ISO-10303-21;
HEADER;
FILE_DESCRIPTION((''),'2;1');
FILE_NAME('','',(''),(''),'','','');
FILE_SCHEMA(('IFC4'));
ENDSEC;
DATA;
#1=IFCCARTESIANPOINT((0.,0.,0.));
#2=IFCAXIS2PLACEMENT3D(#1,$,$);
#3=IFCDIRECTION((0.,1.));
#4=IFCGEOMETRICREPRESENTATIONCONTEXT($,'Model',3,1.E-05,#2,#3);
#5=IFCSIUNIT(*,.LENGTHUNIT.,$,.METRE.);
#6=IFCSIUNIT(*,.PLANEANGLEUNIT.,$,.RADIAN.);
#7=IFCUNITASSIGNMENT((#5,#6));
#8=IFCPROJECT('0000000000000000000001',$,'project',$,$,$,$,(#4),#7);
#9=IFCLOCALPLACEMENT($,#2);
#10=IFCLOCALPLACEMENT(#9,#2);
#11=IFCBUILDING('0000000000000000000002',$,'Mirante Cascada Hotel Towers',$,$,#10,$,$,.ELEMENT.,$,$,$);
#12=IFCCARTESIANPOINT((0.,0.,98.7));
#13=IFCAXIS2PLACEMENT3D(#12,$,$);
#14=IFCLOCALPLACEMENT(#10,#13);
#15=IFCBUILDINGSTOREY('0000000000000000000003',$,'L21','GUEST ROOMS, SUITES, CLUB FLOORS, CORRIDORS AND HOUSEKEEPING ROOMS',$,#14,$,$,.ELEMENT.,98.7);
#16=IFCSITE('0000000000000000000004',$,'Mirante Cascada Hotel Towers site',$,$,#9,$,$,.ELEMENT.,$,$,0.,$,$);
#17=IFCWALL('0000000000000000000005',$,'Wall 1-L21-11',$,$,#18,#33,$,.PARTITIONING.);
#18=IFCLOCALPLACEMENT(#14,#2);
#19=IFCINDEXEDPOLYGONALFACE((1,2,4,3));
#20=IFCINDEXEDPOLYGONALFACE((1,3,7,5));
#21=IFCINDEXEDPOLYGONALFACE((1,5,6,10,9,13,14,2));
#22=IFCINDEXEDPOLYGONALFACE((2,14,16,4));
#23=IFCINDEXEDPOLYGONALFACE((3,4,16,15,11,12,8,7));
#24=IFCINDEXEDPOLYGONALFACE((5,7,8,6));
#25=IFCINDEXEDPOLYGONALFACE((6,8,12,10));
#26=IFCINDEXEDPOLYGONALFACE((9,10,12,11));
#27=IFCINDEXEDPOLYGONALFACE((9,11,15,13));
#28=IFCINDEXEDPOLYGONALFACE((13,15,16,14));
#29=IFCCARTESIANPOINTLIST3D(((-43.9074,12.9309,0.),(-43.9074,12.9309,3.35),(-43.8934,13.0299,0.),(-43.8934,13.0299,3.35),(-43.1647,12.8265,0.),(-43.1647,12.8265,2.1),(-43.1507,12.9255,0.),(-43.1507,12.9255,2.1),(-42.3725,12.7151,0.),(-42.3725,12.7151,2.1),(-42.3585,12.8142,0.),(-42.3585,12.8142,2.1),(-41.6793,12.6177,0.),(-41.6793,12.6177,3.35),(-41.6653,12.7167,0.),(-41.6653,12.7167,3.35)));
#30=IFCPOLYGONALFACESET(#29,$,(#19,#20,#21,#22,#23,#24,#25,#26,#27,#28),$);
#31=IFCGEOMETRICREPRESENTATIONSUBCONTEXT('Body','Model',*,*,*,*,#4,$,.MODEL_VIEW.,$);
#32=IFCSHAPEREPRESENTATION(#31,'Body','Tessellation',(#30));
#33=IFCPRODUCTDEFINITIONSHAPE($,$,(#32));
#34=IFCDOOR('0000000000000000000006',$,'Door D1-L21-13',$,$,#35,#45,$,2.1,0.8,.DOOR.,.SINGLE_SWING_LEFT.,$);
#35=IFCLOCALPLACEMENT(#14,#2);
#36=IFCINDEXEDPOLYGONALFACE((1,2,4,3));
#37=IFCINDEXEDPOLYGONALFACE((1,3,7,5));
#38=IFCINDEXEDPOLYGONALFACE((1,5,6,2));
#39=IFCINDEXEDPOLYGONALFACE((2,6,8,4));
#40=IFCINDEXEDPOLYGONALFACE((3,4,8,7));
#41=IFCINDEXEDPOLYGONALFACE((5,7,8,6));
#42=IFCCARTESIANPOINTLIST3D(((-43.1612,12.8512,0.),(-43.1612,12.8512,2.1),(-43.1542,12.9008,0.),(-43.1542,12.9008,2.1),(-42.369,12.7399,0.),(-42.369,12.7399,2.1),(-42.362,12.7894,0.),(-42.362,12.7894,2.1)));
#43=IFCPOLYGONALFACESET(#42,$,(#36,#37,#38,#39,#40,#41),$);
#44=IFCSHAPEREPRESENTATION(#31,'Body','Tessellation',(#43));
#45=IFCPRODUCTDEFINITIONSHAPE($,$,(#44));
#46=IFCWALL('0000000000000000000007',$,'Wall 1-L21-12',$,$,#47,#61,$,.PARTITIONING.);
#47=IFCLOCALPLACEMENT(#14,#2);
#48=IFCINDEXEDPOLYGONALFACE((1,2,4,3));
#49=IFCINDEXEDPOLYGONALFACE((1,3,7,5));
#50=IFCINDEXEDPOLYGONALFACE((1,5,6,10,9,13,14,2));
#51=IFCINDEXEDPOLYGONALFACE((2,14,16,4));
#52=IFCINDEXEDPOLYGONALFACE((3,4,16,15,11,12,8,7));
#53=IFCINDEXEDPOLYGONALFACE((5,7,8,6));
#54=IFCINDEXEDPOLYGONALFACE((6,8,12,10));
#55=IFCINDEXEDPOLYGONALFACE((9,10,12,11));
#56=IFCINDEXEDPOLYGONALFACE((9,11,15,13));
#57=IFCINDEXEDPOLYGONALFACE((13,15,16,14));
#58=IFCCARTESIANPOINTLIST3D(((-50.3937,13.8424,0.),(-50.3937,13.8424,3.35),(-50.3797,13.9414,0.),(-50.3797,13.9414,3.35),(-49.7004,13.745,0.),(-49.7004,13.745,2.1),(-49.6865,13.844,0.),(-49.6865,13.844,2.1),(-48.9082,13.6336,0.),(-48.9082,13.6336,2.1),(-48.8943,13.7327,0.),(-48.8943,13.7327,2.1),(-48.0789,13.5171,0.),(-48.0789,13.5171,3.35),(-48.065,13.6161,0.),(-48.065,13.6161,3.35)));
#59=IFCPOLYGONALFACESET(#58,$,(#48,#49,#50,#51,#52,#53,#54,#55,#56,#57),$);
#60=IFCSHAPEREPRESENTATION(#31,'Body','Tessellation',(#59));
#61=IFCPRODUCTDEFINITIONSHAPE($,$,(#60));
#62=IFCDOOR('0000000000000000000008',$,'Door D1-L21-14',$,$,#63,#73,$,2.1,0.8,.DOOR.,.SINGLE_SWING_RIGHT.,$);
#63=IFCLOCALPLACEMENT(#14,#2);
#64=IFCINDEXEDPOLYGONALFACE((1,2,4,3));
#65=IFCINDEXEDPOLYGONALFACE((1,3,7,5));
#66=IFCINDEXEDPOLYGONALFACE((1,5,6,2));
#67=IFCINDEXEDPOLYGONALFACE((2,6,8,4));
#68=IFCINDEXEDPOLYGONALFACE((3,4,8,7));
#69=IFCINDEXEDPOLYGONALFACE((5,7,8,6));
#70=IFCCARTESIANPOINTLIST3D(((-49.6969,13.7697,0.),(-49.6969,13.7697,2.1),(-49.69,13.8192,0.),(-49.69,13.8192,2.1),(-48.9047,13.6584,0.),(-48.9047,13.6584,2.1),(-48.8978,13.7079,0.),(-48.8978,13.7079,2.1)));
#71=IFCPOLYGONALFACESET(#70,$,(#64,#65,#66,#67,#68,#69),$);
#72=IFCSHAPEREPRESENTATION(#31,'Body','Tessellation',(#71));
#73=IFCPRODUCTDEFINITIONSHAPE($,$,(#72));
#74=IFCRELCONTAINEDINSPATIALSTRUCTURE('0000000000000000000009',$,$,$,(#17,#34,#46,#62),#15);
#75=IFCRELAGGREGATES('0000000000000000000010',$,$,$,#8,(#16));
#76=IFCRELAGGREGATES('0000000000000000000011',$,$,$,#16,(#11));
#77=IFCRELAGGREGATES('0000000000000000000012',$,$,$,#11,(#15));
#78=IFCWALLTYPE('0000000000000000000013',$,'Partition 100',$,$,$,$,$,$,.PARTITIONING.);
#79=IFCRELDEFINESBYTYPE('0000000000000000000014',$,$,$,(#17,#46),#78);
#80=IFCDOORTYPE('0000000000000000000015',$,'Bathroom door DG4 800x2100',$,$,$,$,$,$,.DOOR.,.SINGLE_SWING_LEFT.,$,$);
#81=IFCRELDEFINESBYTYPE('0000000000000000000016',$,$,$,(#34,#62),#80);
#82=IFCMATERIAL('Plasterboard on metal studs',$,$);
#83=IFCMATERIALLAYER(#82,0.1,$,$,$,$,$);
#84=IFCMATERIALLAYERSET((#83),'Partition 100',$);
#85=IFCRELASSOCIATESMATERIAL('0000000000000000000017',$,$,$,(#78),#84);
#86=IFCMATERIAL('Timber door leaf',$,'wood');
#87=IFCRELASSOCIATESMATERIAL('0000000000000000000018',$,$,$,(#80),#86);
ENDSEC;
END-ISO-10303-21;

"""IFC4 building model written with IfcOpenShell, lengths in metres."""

from ifc_helpers import new_model, si_unit, direction, frame, frame_2d, origin, place, context, subcontext, project, spatial, rectangle, extrude, material, layer, layer_set, type_object, element, fill, save


model = new_model("IFC4")

# Units and contexts
model_context = context("Model", 3, precision=1e-05, world=origin(), true_north=direction((0.0, 1.0)))
body_context = subcontext(model_context, "Body", "Model", "MODEL_VIEW")
ifc_project = project(units=[si_unit("LENGTHUNIT", "METRE"), si_unit("PLANEANGLEUNIT", "RADIAN")], contexts=[model_context])

# Site, building, storey
site_placement = place(None, origin())
site = spatial("IfcSite", under=ifc_project, at=site_placement, Name="Mirante Cascada Hotel Towers site", CompositionType="ELEMENT", RefElevation=0.0)
building_placement = place(site_placement, origin())
building = spatial("IfcBuilding", under=site, at=building_placement, Name="Mirante Cascada Hotel Towers", CompositionType="ELEMENT")
storey_placement = place(building_placement, frame((0.0, 0.0, 98.7)))
storey = spatial("IfcBuildingStorey", under=building, at=storey_placement, Name="L21", Description="GUEST ROOMS, SUITES, CLUB FLOORS, CORRIDORS AND HOUSEKEEPING ROOMS", CompositionType="ELEMENT", Elevation=98.7)

# Walls, openings, doors
ifc_material_1 = material(Name="Plasterboard on metal studs")
ifc_layer_1 = layer(ifc_material_1, 0.1)
ifc_layer_set_1 = layer_set([ifc_layer_1], Name="Partition 100")
wall_type_1 = type_object("IfcWallType", Name="Partition 100", PredefinedType="PARTITIONING", material=ifc_layer_set_1)
wall_1_placement = place(storey_placement, frame((-43.9004, 12.9804, 0.0), z_axis=(0.0, 0.0, 1.0), x_axis=(0.990264, -0.1392, 0.0)))
wall_1 = element("IfcWall", 1, at=wall_1_placement, inside=storey, type_object=wall_type_1, Name="Wall 1-L21-11", PredefinedType="PARTITIONING", context=body_context, shape_type="SweptSolid", body=[
    extrude(rectangle(XDim=2.25, YDim=0.1, at=frame_2d((1.125, 0.0))), origin(), (0.0, 0.0, 1.0), 3.35),
])
opening_1_placement = place(wall_1_placement, frame((0.75, 0.0, 0.0)))
opening_1 = element("IfcOpeningElement", 2, at=opening_1_placement, cuts=wall_1, PredefinedType="OPENING", context=body_context, shape_type="SweptSolid", body=[
    extrude(rectangle(XDim=0.8, YDim=2.1, at=frame_2d((0.4, 1.05))), frame((0.0, 0.05, 0.0), z_axis=(0.0, -1.0, 0.0), x_axis=(1.0, 0.0, 0.0)), (0.0, 0.0, 1.0), 0.1),
])
ifc_material_2 = material(Name="Timber door leaf", Category="wood")
door_type_1 = type_object("IfcDoorType", Name="Bathroom door DG4 800x2100", OperationType="SINGLE_SWING_LEFT", PredefinedType="DOOR", material=ifc_material_2)
door_1_placement = place(opening_1_placement, origin())
door_1 = element("IfcDoor", 3, at=door_1_placement, inside=storey, type_object=door_type_1, Name="Door D1-L21-13", OperationType="SINGLE_SWING_LEFT", OverallHeight=2.1, OverallWidth=0.8, PredefinedType="DOOR", context=body_context, shape_type="SweptSolid", body=[
    extrude(rectangle(XDim=0.8, YDim=2.1, at=frame_2d((0.4, 1.05))), frame((0.0, 0.025, 0.0), z_axis=(0.0, -1.0, 0.0), x_axis=(1.0, 0.0, 0.0)), (0.0, 0.0, 1.0), 0.05),
])
fill(opening_1, door_1)
wall_2_placement = place(storey_placement, frame((-48.0719, 13.5666, 0.0), z_axis=(0.0, 0.0, 1.0), x_axis=(-0.99027, 0.139163, 0.0)))
wall_2 = element("IfcWall", 4, at=wall_2_placement, inside=storey, type_object=wall_type_1, Name="Wall 1-L21-12", PredefinedType="PARTITIONING", context=body_context, shape_type="SweptSolid", body=[
    extrude(rectangle(XDim=2.3375, YDim=0.1, at=frame_2d((1.1688, 0.0))), origin(), (0.0, 0.0, 1.0), 3.35),
])
opening_2_placement = place(wall_2_placement, frame((0.8375, 0.0, 0.0)))
opening_2 = element("IfcOpeningElement", 5, at=opening_2_placement, cuts=wall_2, PredefinedType="OPENING", context=body_context, shape_type="SweptSolid", body=[
    extrude(rectangle(XDim=0.8, YDim=2.1, at=frame_2d((0.4, 1.05))), frame((0.0, 0.05, 0.0), z_axis=(0.0, -1.0, 0.0), x_axis=(1.0, 0.0, 0.0)), (0.0, 0.0, 1.0), 0.1),
])
door_2_placement = place(opening_2_placement, frame((0.8, 0.0, 0.0), z_axis=(0.0, 0.0, 1.0), x_axis=(-1.0, 0.0, 0.0)))
door_2 = element("IfcDoor", 6, at=door_2_placement, inside=storey, type_object=door_type_1, Name="Door D1-L21-14", OperationType="SINGLE_SWING_RIGHT", OverallHeight=2.1, OverallWidth=0.8, PredefinedType="DOOR", context=body_context, shape_type="SweptSolid", body=[
    extrude(rectangle(XDim=0.8, YDim=2.1, at=frame_2d((0.4, 1.05))), frame((0.0, 0.025, 0.0), z_axis=(0.0, -1.0, 0.0), x_axis=(1.0, 0.0, 0.0)), (0.0, 0.0, 1.0), 0.05),
])
fill(opening_2, door_2)

save(model, "model.ifc")
